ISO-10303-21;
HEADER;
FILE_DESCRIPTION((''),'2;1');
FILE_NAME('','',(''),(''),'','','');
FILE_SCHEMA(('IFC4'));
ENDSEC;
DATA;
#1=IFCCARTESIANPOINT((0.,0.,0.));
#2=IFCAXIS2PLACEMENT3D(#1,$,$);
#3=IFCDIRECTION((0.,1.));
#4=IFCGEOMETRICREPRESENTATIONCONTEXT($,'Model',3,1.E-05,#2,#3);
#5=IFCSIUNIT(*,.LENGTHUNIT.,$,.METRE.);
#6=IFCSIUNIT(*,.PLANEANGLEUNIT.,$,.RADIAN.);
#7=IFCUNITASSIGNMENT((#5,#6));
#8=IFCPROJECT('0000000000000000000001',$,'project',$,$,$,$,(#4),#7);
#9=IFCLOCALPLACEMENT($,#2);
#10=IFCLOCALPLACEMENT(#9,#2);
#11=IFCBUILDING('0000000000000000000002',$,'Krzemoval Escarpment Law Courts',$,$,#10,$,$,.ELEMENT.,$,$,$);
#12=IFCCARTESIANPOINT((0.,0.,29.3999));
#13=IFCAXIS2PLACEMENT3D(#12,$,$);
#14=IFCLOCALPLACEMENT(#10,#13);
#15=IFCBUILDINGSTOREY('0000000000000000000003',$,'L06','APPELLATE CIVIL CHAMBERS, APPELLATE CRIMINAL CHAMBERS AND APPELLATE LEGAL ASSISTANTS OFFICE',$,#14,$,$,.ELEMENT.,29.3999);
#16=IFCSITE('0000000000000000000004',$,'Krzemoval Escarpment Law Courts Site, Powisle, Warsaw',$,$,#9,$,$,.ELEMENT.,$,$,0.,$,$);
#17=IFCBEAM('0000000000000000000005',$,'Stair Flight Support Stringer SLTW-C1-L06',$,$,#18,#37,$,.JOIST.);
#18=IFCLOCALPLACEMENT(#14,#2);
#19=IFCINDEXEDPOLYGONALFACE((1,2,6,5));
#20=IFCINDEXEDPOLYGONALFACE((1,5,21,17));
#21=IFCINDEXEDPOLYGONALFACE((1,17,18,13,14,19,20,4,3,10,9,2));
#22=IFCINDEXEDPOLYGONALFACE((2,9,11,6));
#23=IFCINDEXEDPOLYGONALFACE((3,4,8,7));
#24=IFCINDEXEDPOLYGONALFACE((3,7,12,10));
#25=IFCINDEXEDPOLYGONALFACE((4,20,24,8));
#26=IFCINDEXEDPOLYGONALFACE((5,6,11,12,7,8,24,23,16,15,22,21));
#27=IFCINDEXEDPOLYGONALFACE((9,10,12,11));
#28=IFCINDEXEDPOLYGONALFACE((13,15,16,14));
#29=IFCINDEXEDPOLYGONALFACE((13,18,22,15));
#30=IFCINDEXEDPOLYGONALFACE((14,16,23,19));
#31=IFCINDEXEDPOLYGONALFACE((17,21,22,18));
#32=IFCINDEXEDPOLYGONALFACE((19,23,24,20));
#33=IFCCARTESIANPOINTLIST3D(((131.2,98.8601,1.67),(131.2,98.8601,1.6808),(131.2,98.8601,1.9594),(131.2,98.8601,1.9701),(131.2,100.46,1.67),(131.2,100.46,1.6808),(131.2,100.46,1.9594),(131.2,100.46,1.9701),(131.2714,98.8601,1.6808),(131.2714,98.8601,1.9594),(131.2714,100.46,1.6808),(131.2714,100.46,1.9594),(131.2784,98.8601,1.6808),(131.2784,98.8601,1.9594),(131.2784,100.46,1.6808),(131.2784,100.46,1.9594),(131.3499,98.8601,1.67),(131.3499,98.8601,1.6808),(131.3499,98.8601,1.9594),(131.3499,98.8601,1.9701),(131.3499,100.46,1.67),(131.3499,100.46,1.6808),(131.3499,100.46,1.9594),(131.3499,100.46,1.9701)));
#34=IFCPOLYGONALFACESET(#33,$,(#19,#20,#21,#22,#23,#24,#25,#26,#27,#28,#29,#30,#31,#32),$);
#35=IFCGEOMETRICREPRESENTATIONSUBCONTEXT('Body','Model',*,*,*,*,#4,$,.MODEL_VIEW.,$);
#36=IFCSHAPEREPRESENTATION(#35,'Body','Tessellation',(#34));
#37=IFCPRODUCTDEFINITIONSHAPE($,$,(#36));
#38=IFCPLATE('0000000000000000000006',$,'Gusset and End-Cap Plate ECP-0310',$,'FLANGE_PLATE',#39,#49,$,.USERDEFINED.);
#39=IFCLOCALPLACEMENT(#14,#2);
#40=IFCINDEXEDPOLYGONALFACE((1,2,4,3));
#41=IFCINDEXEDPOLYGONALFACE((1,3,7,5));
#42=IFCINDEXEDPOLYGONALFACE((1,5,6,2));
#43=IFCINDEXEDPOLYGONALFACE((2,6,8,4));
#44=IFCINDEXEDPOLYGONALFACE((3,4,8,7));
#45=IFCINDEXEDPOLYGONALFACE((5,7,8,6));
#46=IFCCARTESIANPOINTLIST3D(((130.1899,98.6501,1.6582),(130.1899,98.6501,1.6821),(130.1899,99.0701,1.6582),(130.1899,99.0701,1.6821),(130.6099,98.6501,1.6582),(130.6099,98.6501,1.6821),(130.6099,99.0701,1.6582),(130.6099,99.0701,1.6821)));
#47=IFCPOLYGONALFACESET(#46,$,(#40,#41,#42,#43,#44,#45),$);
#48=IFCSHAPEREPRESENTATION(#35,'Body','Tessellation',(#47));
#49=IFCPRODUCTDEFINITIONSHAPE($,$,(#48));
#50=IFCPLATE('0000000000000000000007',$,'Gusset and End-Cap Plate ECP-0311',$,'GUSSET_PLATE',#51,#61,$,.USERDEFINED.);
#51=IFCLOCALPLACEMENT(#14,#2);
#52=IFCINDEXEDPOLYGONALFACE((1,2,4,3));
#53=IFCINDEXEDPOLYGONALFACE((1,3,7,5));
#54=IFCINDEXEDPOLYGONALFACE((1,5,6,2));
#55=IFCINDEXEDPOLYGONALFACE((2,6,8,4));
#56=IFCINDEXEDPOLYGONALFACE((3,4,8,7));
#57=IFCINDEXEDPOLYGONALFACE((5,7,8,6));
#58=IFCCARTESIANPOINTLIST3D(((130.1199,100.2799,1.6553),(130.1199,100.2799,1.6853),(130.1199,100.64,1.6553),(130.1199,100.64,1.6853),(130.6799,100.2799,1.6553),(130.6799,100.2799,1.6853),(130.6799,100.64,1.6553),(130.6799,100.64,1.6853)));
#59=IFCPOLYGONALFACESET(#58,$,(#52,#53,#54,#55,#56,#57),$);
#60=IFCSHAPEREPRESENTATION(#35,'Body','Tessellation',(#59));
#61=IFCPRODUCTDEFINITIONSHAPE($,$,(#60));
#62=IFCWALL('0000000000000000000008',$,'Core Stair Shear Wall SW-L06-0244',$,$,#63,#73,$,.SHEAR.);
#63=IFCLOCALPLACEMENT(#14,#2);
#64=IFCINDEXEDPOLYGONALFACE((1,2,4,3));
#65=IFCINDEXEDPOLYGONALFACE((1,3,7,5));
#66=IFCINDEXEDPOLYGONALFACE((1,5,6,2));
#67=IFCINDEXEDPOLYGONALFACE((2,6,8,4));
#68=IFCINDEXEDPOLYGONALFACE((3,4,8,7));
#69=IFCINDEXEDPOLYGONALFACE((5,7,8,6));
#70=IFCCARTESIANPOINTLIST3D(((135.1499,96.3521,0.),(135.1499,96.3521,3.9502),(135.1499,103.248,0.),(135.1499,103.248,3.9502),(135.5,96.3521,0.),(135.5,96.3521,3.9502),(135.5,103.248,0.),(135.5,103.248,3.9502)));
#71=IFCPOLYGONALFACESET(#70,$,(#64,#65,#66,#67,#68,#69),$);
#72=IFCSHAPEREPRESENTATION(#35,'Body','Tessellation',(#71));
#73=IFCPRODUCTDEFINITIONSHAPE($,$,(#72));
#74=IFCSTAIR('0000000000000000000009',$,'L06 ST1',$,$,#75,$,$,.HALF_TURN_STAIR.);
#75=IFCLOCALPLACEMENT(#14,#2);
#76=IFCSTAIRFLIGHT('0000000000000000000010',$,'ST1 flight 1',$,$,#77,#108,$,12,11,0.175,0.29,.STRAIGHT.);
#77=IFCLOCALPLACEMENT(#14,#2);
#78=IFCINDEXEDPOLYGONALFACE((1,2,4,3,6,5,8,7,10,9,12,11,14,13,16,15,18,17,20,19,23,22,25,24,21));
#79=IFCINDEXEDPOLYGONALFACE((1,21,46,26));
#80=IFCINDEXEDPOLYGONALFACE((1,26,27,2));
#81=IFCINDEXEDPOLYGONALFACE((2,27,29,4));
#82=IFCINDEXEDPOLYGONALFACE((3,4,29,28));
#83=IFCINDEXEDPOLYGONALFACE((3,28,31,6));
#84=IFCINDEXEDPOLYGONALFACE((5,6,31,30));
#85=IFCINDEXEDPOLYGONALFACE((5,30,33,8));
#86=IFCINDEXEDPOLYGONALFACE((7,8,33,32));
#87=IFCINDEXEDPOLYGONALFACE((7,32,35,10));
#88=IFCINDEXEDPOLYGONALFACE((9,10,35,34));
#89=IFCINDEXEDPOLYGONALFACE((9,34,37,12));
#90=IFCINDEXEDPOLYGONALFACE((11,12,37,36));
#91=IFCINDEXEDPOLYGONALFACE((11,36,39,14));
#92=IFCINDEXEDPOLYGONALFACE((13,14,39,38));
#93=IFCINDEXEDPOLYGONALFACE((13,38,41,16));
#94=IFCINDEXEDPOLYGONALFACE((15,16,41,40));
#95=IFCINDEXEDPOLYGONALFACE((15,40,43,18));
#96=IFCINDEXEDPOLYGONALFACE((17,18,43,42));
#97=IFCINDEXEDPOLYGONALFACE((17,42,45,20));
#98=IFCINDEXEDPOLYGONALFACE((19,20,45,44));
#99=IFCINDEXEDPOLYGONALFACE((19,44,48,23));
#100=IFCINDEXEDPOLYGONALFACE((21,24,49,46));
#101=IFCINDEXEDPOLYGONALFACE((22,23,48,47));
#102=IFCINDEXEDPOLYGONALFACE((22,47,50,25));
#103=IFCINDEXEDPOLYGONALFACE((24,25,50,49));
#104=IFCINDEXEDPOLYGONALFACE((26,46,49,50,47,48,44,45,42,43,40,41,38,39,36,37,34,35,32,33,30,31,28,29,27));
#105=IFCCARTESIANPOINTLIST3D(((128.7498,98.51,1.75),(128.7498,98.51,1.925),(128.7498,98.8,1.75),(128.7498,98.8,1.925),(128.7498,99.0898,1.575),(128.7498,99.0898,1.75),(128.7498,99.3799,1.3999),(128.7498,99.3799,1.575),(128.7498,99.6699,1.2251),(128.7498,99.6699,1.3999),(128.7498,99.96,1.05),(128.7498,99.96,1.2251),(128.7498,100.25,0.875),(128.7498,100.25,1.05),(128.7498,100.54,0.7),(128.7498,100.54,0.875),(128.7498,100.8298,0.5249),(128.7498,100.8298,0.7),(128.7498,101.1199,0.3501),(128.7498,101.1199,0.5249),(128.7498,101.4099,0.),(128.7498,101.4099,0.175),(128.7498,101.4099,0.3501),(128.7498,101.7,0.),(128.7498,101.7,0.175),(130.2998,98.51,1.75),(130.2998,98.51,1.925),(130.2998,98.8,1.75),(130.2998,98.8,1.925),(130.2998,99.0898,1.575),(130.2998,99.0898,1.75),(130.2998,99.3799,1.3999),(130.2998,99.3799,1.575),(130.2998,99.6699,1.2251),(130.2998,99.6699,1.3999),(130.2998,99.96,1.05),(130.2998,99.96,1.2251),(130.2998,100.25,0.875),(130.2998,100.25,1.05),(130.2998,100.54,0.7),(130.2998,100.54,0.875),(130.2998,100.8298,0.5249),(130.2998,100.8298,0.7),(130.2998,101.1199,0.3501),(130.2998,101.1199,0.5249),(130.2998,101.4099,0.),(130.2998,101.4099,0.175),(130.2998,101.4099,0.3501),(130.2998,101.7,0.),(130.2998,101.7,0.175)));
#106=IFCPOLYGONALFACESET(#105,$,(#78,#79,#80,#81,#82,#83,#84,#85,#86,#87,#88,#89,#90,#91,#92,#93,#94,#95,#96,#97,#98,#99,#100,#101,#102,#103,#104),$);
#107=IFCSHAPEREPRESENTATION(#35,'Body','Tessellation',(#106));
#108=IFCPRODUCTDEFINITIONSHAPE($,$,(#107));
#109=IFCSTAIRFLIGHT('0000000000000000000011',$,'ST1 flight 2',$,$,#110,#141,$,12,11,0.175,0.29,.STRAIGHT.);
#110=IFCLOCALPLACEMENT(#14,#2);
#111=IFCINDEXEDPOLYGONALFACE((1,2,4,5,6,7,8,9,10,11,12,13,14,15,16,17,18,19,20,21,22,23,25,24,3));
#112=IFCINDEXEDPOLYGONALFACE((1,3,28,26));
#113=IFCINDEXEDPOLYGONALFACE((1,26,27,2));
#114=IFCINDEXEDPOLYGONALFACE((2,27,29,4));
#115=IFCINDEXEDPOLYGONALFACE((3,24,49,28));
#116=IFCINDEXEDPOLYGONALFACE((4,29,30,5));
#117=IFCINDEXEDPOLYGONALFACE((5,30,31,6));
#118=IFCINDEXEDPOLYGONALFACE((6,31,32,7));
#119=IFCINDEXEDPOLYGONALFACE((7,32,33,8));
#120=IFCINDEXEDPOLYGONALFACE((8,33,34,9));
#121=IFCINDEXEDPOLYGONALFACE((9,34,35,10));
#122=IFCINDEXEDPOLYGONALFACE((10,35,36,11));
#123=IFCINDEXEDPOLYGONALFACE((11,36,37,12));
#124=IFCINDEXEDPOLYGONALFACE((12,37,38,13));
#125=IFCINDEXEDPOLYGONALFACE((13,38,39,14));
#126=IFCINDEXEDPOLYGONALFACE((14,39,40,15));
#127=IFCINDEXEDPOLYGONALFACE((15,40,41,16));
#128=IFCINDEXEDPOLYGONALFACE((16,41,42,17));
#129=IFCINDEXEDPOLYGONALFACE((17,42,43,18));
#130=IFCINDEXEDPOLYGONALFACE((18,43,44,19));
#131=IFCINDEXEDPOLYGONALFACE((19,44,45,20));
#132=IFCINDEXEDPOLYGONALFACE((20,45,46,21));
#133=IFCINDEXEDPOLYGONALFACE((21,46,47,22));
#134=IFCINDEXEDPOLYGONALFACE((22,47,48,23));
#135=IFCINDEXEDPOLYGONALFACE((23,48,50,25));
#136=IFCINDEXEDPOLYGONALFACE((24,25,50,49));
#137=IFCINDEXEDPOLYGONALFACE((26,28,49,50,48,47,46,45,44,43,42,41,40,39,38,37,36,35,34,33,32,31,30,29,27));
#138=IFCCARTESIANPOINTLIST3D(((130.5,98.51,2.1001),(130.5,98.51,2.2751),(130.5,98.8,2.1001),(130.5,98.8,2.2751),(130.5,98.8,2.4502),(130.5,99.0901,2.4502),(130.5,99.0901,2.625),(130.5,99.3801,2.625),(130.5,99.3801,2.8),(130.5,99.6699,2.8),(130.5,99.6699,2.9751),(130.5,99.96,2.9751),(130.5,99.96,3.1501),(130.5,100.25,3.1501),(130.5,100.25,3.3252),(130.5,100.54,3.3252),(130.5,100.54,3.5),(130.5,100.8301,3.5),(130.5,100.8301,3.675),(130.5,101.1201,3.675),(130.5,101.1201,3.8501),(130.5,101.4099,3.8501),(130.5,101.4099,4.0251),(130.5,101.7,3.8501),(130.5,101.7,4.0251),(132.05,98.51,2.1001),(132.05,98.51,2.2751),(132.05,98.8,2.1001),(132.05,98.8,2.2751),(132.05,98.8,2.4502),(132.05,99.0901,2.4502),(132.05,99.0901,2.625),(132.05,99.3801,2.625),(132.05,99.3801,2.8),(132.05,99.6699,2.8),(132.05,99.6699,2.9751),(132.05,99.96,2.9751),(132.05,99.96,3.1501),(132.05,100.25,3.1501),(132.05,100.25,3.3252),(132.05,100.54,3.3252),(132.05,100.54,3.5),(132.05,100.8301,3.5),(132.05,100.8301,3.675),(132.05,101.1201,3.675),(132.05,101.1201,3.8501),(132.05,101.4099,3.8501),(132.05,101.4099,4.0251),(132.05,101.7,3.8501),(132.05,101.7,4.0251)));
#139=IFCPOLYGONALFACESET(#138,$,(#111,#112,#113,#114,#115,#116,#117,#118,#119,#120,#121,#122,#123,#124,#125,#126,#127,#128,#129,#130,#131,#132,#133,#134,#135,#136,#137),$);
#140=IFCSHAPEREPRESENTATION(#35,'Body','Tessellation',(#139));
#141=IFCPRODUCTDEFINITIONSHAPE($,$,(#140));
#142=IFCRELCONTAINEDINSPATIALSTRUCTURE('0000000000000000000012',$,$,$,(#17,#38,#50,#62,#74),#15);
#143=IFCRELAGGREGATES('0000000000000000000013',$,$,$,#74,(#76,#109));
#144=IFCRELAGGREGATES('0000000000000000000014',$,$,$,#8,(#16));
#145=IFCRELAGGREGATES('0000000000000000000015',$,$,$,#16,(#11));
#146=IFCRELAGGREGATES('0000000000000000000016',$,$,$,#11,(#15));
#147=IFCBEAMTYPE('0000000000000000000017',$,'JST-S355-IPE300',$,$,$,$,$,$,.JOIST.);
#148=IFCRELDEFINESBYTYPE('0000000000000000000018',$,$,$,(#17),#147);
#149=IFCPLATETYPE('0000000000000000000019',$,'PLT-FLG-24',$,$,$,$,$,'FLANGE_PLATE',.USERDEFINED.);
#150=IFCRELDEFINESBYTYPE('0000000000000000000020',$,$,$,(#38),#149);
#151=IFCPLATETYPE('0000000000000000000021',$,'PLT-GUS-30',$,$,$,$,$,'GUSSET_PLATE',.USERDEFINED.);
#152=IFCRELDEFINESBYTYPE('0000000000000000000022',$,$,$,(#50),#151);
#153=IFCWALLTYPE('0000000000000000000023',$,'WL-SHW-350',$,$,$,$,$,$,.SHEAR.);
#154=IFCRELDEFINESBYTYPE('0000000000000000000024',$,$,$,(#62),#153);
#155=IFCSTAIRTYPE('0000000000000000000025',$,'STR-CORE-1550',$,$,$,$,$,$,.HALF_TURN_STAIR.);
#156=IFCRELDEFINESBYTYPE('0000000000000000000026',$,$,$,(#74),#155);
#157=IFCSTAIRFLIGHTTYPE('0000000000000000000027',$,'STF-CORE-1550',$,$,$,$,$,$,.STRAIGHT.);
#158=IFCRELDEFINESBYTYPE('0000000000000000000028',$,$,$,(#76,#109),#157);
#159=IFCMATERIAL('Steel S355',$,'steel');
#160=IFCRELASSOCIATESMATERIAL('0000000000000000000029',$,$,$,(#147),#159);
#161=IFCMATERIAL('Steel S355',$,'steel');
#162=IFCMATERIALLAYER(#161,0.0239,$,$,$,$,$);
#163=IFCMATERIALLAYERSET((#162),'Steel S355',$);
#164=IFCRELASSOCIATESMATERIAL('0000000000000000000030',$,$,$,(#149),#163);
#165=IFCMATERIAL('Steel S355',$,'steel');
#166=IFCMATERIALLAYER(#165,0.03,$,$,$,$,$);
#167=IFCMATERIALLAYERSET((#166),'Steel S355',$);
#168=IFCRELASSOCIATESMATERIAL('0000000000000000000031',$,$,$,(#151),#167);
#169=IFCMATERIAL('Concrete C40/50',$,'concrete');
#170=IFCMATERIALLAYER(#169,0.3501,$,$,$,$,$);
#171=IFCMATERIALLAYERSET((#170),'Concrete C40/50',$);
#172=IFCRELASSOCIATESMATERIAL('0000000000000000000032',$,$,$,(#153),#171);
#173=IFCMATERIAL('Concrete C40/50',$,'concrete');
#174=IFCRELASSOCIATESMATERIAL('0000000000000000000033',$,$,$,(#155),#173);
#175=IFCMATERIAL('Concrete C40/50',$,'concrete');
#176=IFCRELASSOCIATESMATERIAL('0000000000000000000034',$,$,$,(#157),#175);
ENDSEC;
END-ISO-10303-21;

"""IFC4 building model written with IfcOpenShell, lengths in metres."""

from ifc_helpers import new_model, si_unit, direction, frame, frame_2d, origin, origin_2d, place, context, subcontext, project, spatial, polyline, rectangle, i_section, outline, extrude, material, layer, layer_set, material_profile, profile_set, type_object, element, aggregate, save


model = new_model("IFC4")

# Units and contexts
model_context = context("Model", 3, precision=1e-05, world=origin(), true_north=direction((0.0, 1.0)))
body_context = subcontext(model_context, "Body", "Model", "MODEL_VIEW")
ifc_project = project(units=[si_unit("LENGTHUNIT", "METRE"), si_unit("PLANEANGLEUNIT", "RADIAN")], contexts=[model_context])

# Site, building, storey
site_placement = place(None, origin())
site = spatial("IfcSite", under=ifc_project, at=site_placement, Name="Krzemoval Escarpment Law Courts Site, Powisle, Warsaw", CompositionType="ELEMENT", RefElevation=0.0)
building_placement = place(site_placement, origin())
building = spatial("IfcBuilding", under=site, at=building_placement, Name="Krzemoval Escarpment Law Courts", CompositionType="ELEMENT")
storey_placement = place(building_placement, frame((0.0, 0.0, 29.3999)))
storey = spatial("IfcBuildingStorey", under=building, at=storey_placement, Name="L06", Description="APPELLATE CIVIL CHAMBERS, APPELLATE CRIMINAL CHAMBERS AND APPELLATE LEGAL ASSISTANTS OFFICE", CompositionType="ELEMENT", Elevation=29.3999)

# Beam
ifc_material_1 = material(Name="Steel S355", Category="steel")
ifc_material_profile_1 = material_profile(ifc_material_1, i_section(OverallWidth=0.1499, OverallDepth=0.3, WebThickness=0.0071, FlangeThickness=0.0107, at=origin_2d()), Name="IPE 300")
ifc_profile_set_1 = profile_set([ifc_material_profile_1], Name="Steel S355")
beam_type_1 = type_object("IfcBeamType", Name="JST-S355-IPE300", PredefinedType="JOIST", material=ifc_profile_set_1)
beam_1_placement = place(storey_placement, frame((131.2749, 98.8601, 1.8201), z_axis=(0.0, 1.0, 0.0), x_axis=(-1.0, 0.0, 0.0)))
element("IfcBeam", 1, at=beam_1_placement, inside=storey, type_object=beam_type_1, Name="Stair Flight Support Stringer SLTW-C1-L06", PredefinedType="JOIST", context=body_context, shape_type="SweptSolid", body=[
    extrude(i_section(OverallWidth=0.1499, OverallDepth=0.3, WebThickness=0.0071, FlangeThickness=0.0107, at=origin_2d()), origin(), (0.0, 0.0, 1.0), 1.5999),
])

# Plates
ifc_material_2 = material(Name="Steel S355", Category="steel")
ifc_layer_1 = layer(ifc_material_2, 0.0239)
ifc_layer_set_1 = layer_set([ifc_layer_1], Name="Steel S355")
plate_type_1 = type_object("IfcPlateType", Name="PLT-FLG-24", ElementType="FLANGE_PLATE", PredefinedType="USERDEFINED", material=ifc_layer_set_1)
plate_1_placement = place(storey_placement, frame((130.3999, 98.8601, 1.6582), z_axis=(0.0, 0.0, 1.0), x_axis=(1.0, 0.0, 0.0)))
element("IfcPlate", 2, at=plate_1_placement, inside=storey, type_object=plate_type_1, Name="Gusset and End-Cap Plate ECP-0310", ObjectType="FLANGE_PLATE", PredefinedType="USERDEFINED", context=body_context, shape_type="SweptSolid", body=[
    extrude(rectangle(XDim=0.4199, YDim=0.4199, at=origin_2d()), origin(), (0.0, 0.0, 1.0), 0.0239),
])
ifc_material_3 = material(Name="Steel S355", Category="steel")
ifc_layer_2 = layer(ifc_material_3, 0.03)
ifc_layer_set_2 = layer_set([ifc_layer_2], Name="Steel S355")
plate_type_2 = type_object("IfcPlateType", Name="PLT-GUS-30", ElementType="GUSSET_PLATE", PredefinedType="USERDEFINED", material=ifc_layer_set_2)
plate_2_placement = place(storey_placement, frame((130.3999, 100.46, 1.6553), z_axis=(0.0, 0.0, 1.0), x_axis=(1.0, 0.0, 0.0)))
element("IfcPlate", 3, at=plate_2_placement, inside=storey, type_object=plate_type_2, Name="Gusset and End-Cap Plate ECP-0311", ObjectType="GUSSET_PLATE", PredefinedType="USERDEFINED", context=body_context, shape_type="SweptSolid", body=[
    extrude(rectangle(XDim=0.5601, YDim=0.3601, at=origin_2d()), origin(), (0.0, 0.0, 1.0), 0.03),
])

# Wall
ifc_material_4 = material(Name="Concrete C40/50", Category="concrete")
ifc_layer_3 = layer(ifc_material_4, 0.3501)
ifc_layer_set_3 = layer_set([ifc_layer_3], Name="Concrete C40/50")
wall_type_1 = type_object("IfcWallType", Name="WL-SHW-350", PredefinedType="SHEAR", material=ifc_layer_set_3)
wall_1_placement = place(storey_placement, frame((135.325, 96.3521, 0.0), z_axis=(0.0, 0.0, 1.0), x_axis=(0.0, 1.0, 0.0)))
element("IfcWall", 4, at=wall_1_placement, inside=storey, type_object=wall_type_1, Name="Core Stair Shear Wall SW-L06-0244", PredefinedType="SHEAR", context=body_context, shape_type="SweptSolid", body=[
    extrude(rectangle(XDim=6.896, YDim=0.3501, at=frame_2d((3.448, 0.0))), origin(), (0.0, 0.0, 1.0), 3.9502),
])

# Stair, stair flights
ifc_material_5 = material(Name="Concrete C40/50", Category="concrete")
stair_type = type_object("IfcStairType", Name="STR-CORE-1550", PredefinedType="HALF_TURN_STAIR", material=ifc_material_5)
stair_placement = place(storey_placement, origin())
stair = element("IfcStair", 5, at=stair_placement, inside=storey, type_object=stair_type, Name="L06 ST1", PredefinedType="HALF_TURN_STAIR")
ifc_material_6 = material(Name="Concrete C40/50", Category="concrete")
stair_flight_type = type_object("IfcStairFlightType", Name="STF-CORE-1550", PredefinedType="STRAIGHT", material=ifc_material_6)
stair_flight_1_placement = place(storey_placement, frame((129.5249, 101.7, 0.0), z_axis=(0.0, 0.0, 1.0), x_axis=(0.0, -1.0, 0.0)))
stair_flight_1 = element("IfcStairFlight", 6, at=stair_flight_1_placement, type_object=stair_flight_type, Name="ST1 flight 1", NumberOfRisers=12, NumberOfTreads=11, PredefinedType="STRAIGHT", RiserHeight=0.175, TreadLength=0.29, context=body_context, shape_type="SweptSolid", body=[
    extrude(outline(polyline([(0.0, 0.0), (0.0, 0.175), (0.29, 0.175), (0.29, 0.3501), (0.5801, 0.3501), (0.5801, 0.5249), (0.8701, 0.5249), (0.8701, 0.7), (1.1599, 0.7), (1.1599, 0.875), (1.45, 0.875), (1.45, 1.05), (1.74, 1.05), (1.74, 1.2251), (2.03, 1.2251), (2.03, 1.3999), (2.3201, 1.3999), (2.3201, 1.575), (2.6101, 1.575), (2.6101, 1.75), (2.8999, 1.75), (2.8999, 1.925), (3.1899, 1.925), (3.1899, 2.1001), (3.1899, 1.75), (0.29, 0.0), (0.0, 0.0)])), frame((0.0, 0.7749, 0.0), z_axis=(0.0, -1.0, 0.0), x_axis=(1.0, 0.0, 0.0)), (0.0, 0.0, 1.0), 1.55),
])
stair_flight_2_placement = place(storey_placement, frame((131.2749, 98.51, 2.1001), z_axis=(0.0, 0.0, 1.0), x_axis=(0.0, 1.0, 0.0)))
stair_flight_2 = element("IfcStairFlight", 7, at=stair_flight_2_placement, type_object=stair_flight_type, Name="ST1 flight 2", NumberOfRisers=12, NumberOfTreads=11, PredefinedType="STRAIGHT", RiserHeight=0.175, TreadLength=0.29, context=body_context, shape_type="SweptSolid", body=[
    extrude(outline(polyline([(0.0, 0.0), (0.0, 0.175), (0.29, 0.175), (0.29, 0.3501), (0.5801, 0.3501), (0.5801, 0.5249), (0.8701, 0.5249), (0.8701, 0.7), (1.1599, 0.7), (1.1599, 0.875), (1.45, 0.875), (1.45, 1.05), (1.74, 1.05), (1.74, 1.2251), (2.03, 1.2251), (2.03, 1.3999), (2.3201, 1.3999), (2.3201, 1.575), (2.6101, 1.575), (2.6101, 1.75), (2.8999, 1.75), (2.8999, 1.925), (3.1899, 1.925), (3.1899, 2.1001), (3.1899, 1.75), (0.29, 0.0), (0.0, 0.0)])), frame((0.0, 0.7749, 0.0), z_axis=(0.0, -1.0, 0.0), x_axis=(1.0, 0.0, 0.0)), (0.0, 0.0, 1.0), 1.55),
])
aggregate(stair, [stair_flight_1, stair_flight_2])

save(model, "model.ifc")
